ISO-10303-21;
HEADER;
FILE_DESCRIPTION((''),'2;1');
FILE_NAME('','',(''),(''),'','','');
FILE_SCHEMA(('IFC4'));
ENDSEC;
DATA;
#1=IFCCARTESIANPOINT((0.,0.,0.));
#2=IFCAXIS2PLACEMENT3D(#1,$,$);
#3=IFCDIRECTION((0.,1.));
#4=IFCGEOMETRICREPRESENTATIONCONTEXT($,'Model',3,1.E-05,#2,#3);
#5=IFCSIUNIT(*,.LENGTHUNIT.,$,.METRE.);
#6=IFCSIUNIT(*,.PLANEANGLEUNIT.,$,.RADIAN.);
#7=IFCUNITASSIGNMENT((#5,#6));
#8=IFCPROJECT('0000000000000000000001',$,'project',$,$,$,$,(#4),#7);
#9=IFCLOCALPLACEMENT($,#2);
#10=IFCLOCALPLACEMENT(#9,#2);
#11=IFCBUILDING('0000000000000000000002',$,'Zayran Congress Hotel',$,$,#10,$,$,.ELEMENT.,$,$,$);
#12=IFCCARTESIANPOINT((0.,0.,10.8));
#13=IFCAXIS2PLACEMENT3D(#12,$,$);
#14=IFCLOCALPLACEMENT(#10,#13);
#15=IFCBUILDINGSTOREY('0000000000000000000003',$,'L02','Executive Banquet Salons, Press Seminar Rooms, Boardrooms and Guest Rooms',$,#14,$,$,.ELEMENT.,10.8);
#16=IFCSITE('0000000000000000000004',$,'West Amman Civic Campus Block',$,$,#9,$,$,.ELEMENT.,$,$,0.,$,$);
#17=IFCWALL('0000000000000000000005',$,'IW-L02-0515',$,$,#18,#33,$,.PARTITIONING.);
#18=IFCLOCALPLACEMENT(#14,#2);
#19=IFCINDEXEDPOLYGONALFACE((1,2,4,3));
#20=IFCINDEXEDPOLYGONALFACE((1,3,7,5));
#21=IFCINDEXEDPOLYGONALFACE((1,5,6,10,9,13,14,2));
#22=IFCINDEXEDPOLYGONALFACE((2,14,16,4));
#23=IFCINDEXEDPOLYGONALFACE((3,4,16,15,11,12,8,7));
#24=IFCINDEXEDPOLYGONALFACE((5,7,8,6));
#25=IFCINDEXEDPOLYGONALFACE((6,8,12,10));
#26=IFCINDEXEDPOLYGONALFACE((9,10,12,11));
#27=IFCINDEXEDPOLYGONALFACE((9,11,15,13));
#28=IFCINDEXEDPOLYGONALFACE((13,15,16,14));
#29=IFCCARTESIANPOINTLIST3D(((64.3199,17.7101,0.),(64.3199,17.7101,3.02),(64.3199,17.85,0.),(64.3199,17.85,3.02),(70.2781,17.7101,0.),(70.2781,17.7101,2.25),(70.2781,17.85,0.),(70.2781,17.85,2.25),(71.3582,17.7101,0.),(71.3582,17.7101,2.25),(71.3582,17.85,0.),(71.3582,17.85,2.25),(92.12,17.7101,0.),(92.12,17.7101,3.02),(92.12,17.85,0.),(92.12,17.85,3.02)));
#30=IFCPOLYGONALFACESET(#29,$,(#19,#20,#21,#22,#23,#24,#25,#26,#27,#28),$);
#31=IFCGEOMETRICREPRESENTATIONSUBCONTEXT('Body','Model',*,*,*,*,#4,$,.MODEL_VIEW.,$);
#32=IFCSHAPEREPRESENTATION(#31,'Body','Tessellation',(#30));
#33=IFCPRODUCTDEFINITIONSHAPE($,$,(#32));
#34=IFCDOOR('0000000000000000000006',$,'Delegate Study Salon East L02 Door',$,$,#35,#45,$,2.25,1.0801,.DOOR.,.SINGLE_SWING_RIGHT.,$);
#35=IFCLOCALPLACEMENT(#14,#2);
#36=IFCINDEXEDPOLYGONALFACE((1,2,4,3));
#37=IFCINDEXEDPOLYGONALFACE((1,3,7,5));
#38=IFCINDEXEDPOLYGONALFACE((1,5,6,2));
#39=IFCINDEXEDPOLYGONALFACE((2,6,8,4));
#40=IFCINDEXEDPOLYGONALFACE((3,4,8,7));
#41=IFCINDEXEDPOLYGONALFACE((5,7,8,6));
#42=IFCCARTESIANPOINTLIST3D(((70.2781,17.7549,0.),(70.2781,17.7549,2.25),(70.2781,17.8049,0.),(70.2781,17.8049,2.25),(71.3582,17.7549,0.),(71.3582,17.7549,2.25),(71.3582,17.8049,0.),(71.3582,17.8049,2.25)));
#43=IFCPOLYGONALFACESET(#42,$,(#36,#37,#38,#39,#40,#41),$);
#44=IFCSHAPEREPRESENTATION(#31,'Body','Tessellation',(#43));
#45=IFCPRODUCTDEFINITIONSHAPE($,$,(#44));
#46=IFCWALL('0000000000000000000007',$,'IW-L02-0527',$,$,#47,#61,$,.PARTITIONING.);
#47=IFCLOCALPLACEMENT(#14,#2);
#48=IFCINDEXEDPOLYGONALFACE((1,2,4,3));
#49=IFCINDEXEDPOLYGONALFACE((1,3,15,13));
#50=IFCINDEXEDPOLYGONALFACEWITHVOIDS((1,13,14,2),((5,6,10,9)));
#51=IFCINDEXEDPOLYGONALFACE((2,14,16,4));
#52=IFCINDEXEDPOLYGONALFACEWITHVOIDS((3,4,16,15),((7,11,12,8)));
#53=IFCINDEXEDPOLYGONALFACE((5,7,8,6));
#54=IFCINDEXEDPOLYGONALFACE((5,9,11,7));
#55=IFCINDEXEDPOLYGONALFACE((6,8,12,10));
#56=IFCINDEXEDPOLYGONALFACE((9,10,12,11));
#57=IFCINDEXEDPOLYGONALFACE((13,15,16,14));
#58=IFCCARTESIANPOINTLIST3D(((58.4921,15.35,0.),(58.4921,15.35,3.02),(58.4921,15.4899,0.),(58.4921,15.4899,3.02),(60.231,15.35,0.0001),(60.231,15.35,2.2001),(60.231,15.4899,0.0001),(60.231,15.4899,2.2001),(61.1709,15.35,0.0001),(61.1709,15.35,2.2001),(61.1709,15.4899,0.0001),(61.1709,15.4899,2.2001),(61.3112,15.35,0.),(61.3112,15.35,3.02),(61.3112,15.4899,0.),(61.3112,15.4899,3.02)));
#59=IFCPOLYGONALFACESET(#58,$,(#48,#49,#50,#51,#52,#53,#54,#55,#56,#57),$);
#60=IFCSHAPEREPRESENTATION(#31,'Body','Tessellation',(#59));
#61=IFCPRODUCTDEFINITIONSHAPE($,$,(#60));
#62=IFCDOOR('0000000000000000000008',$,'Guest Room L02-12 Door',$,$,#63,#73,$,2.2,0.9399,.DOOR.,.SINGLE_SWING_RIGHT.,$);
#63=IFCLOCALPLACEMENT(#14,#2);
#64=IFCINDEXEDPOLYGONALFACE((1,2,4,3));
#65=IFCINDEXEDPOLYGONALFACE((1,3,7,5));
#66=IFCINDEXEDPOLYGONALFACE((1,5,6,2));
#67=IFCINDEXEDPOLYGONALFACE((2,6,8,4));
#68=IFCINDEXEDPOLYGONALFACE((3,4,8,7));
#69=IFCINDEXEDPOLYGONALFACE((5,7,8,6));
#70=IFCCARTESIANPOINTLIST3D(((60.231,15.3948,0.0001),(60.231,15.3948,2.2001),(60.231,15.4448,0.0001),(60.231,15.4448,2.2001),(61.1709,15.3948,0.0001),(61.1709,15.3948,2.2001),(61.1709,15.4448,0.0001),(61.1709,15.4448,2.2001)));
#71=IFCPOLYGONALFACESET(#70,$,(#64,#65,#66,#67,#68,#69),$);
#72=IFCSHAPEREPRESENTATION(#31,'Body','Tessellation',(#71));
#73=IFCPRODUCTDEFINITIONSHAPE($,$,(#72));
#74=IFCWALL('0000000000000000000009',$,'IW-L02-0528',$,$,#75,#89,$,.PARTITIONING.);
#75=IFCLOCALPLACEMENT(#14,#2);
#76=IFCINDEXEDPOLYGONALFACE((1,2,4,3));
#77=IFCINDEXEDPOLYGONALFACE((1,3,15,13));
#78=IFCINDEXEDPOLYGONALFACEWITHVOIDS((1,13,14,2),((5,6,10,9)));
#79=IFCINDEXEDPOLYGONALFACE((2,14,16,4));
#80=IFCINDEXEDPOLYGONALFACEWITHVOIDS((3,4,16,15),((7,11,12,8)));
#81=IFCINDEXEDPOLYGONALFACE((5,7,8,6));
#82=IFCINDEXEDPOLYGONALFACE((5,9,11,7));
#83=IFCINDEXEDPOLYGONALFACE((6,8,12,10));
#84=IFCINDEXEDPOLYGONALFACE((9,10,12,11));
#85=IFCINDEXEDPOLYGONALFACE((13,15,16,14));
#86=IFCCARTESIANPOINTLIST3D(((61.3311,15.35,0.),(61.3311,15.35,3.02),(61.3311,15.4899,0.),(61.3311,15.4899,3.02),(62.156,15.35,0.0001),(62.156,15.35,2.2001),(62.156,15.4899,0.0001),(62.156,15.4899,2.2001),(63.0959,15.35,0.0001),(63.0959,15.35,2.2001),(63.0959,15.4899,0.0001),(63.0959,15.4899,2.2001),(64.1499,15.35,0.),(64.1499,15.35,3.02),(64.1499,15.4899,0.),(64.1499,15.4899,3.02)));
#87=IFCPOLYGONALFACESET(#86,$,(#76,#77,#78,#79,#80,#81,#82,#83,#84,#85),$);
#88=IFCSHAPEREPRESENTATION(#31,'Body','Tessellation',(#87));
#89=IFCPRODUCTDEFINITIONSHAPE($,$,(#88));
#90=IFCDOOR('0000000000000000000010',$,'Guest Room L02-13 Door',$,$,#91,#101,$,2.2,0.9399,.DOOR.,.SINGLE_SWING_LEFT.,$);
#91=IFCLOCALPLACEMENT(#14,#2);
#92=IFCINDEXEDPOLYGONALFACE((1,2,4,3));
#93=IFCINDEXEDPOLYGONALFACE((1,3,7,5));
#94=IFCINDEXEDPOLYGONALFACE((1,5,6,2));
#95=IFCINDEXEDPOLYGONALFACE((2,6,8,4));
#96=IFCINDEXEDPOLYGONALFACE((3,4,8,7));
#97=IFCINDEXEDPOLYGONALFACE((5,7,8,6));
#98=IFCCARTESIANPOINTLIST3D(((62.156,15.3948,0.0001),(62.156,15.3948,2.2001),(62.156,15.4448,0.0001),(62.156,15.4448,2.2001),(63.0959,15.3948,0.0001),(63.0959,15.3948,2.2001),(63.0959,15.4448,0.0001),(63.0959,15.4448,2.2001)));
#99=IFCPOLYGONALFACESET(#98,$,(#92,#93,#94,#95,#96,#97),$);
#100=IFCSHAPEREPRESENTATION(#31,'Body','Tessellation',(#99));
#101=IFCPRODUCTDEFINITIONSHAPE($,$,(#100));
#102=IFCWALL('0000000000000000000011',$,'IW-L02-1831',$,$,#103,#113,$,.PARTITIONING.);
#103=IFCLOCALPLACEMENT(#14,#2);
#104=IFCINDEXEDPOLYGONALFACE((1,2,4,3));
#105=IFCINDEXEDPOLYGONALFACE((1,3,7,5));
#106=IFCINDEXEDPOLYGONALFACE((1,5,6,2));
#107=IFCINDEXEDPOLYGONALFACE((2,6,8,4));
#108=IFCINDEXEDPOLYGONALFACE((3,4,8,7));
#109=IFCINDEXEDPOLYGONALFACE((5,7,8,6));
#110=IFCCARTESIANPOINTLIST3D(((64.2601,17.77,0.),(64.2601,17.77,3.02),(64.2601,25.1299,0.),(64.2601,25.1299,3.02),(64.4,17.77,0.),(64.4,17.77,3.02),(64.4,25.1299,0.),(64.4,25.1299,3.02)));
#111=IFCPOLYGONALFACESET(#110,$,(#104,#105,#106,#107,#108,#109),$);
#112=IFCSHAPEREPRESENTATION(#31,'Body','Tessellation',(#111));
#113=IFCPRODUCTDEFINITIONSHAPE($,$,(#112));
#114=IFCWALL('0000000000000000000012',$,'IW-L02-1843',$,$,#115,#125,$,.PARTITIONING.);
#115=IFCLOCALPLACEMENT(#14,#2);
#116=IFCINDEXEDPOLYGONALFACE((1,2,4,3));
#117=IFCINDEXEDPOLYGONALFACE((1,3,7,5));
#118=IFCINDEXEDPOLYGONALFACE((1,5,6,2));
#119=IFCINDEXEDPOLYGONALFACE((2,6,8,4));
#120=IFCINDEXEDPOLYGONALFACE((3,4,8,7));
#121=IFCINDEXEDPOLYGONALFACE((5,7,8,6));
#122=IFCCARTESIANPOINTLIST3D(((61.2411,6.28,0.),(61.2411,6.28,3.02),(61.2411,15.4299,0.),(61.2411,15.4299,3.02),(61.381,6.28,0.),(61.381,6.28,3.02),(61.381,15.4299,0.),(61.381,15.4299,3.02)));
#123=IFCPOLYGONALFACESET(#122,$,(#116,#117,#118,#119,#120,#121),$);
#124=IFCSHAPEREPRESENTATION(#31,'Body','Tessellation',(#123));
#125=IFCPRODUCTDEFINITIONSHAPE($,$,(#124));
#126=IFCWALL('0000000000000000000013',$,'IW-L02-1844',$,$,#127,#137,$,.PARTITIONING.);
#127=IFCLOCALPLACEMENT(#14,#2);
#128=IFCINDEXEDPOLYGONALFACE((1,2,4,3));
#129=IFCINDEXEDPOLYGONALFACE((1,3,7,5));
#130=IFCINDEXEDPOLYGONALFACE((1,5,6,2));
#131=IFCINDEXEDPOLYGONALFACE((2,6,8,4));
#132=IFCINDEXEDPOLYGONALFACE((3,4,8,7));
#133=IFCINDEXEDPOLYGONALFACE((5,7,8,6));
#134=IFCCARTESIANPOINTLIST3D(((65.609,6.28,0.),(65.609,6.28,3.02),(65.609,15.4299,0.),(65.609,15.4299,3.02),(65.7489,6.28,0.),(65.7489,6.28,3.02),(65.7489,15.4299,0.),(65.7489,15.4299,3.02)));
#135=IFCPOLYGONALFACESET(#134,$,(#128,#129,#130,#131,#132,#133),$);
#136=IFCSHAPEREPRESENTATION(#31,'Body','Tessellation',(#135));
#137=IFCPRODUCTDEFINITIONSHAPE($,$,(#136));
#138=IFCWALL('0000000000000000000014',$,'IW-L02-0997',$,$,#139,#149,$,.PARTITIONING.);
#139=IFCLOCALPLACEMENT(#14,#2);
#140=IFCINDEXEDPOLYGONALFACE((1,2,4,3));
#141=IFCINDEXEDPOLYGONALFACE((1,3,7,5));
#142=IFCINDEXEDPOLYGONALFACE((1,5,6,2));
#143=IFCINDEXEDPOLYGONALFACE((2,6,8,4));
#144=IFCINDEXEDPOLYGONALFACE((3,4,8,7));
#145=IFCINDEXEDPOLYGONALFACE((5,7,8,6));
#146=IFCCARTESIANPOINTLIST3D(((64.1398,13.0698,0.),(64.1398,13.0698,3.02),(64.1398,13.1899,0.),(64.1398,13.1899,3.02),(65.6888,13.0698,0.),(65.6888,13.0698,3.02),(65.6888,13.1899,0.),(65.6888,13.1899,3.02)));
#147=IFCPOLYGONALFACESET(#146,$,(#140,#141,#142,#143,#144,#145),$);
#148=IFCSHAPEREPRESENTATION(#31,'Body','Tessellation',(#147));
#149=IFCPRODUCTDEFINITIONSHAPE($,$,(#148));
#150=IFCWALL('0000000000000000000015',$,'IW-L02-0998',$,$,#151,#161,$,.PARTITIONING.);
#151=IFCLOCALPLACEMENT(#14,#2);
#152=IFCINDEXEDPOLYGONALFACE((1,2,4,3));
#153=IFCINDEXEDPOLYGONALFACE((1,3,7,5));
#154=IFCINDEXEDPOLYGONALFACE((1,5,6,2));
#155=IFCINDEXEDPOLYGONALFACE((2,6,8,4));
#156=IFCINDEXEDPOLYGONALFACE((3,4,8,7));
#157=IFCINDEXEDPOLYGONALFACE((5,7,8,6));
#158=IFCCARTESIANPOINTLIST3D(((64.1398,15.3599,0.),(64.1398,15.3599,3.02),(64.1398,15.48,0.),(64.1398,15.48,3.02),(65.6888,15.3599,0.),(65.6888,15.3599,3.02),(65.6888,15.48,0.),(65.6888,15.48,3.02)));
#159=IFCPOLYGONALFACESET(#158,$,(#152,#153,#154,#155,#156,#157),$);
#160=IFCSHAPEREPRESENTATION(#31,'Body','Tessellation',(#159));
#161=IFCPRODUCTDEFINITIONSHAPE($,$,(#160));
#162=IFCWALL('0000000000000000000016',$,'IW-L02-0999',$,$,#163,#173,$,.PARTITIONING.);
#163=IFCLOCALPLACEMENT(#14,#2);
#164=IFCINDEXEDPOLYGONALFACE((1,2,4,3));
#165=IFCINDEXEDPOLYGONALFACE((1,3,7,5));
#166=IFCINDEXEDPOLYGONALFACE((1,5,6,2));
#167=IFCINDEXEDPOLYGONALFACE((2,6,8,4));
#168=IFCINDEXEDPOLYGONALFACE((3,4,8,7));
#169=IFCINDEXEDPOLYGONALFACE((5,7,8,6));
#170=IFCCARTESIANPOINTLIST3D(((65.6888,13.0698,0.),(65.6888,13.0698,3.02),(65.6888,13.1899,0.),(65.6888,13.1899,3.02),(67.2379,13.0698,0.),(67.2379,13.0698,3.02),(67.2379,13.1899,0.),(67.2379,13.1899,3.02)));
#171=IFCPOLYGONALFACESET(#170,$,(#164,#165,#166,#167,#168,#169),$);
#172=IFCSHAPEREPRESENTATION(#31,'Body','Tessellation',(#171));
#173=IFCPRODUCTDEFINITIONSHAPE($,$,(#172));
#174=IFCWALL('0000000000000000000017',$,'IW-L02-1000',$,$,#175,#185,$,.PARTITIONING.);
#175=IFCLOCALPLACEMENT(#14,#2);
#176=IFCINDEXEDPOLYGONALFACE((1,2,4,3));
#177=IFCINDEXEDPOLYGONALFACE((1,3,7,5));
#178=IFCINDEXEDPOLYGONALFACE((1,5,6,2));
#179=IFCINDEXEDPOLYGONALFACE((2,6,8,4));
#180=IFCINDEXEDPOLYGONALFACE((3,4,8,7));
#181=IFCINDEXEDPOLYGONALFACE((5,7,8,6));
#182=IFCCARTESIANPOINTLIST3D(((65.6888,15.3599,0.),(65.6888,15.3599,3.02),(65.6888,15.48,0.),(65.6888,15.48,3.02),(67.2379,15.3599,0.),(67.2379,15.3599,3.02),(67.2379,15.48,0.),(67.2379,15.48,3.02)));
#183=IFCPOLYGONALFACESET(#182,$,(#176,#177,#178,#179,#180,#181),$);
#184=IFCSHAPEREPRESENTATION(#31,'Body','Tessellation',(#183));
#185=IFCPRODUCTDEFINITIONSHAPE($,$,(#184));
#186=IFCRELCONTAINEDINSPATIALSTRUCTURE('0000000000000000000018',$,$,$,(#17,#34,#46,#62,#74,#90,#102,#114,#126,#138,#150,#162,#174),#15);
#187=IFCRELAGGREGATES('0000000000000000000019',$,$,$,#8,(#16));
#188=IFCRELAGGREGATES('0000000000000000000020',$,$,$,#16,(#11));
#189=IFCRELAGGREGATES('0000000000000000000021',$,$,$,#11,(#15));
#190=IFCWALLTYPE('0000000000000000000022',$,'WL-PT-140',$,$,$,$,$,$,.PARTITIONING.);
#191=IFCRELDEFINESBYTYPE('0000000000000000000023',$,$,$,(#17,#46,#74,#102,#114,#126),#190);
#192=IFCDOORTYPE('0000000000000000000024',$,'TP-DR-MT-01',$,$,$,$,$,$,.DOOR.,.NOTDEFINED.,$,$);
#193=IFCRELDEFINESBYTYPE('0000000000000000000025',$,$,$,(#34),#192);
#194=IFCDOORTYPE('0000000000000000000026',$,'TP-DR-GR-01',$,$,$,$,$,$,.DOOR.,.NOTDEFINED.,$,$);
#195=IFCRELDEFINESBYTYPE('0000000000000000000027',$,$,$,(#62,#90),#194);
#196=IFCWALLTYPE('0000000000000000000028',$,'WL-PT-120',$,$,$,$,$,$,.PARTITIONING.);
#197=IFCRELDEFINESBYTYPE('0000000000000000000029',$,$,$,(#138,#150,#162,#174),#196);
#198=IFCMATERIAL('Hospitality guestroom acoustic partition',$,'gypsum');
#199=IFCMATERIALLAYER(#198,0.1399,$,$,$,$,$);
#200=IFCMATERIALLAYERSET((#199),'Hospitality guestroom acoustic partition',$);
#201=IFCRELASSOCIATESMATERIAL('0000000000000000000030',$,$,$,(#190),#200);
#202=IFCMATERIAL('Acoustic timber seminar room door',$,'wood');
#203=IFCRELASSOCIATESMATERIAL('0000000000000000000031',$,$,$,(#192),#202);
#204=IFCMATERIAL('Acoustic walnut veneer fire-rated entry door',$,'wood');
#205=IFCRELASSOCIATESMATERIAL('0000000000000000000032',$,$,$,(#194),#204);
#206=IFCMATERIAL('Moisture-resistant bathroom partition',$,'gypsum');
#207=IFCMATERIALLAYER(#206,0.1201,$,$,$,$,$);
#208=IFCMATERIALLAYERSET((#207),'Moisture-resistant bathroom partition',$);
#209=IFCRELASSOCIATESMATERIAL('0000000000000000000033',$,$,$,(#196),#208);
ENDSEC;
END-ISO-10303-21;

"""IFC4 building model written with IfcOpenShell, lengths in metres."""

from ifc_helpers import new_model, si_unit, direction, frame, frame_2d, origin, place, context, subcontext, project, spatial, rectangle, extrude, material, layer, layer_set, type_object, element, fill, save


model = new_model("IFC4")

# Units and contexts
model_context = context("Model", 3, precision=1e-05, world=origin(), true_north=direction((0.0, 1.0)))
body_context = subcontext(model_context, "Body", "Model", "MODEL_VIEW")
ifc_project = project(units=[si_unit("LENGTHUNIT", "METRE"), si_unit("PLANEANGLEUNIT", "RADIAN")], contexts=[model_context])

# Site, building, storey
site_placement = place(None, origin())
site = spatial("IfcSite", under=ifc_project, at=site_placement, Name="West Amman Civic Campus Block", CompositionType="ELEMENT", RefElevation=0.0)
building_placement = place(site_placement, origin())
building = spatial("IfcBuilding", under=site, at=building_placement, Name="Zayran Congress Hotel", CompositionType="ELEMENT")
storey_placement = place(building_placement, frame((0.0, 0.0, 10.8)))
storey = spatial("IfcBuildingStorey", under=building, at=storey_placement, Name="L02", Description="Executive Banquet Salons, Press Seminar Rooms, Boardrooms and Guest Rooms", CompositionType="ELEMENT", Elevation=10.8)

# Walls, openings, doors
ifc_material_1 = material(Name="Hospitality guestroom acoustic partition", Category="gypsum")
ifc_layer_1 = layer(ifc_material_1, 0.1399)
ifc_layer_set_1 = layer_set([ifc_layer_1], Name="Hospitality guestroom acoustic partition")
wall_type_1 = type_object("IfcWallType", Name="WL-PT-140", PredefinedType="PARTITIONING", material=ifc_layer_set_1)
wall_1_placement = place(storey_placement, frame((64.3201, 17.78, 0.0), z_axis=(0.0, 0.0, 1.0), x_axis=(1.0, 0.0, 0.0)))
wall_1 = element("IfcWall", 1, at=wall_1_placement, inside=storey, type_object=wall_type_1, Name="IW-L02-0515", PredefinedType="PARTITIONING", context=body_context, shape_type="SweptSolid", body=[
    extrude(rectangle(XDim=27.8, YDim=0.1399, at=frame_2d((13.8999, 0.0))), origin(), (0.0, 0.0, 1.0), 3.02),
])
opening_1_placement = place(wall_1_placement, frame((5.958, 0.0, 0.0)))
opening_1 = element("IfcOpeningElement", 2, at=opening_1_placement, cuts=wall_1, PredefinedType="OPENING", context=body_context, shape_type="SweptSolid", body=[
    extrude(rectangle(XDim=1.0801, YDim=2.25, at=frame_2d((0.54, 1.125))), frame((0.0, 0.0798, 0.0), z_axis=(0.0, -1.0, 0.0), x_axis=(1.0, 0.0, 0.0)), (0.0, 0.0, 1.0), 0.1599),
])
ifc_material_2 = material(Name="Acoustic timber seminar room door", Category="wood")
door_type_1 = type_object("IfcDoorType", Name="TP-DR-MT-01", OperationType="NOTDEFINED", PredefinedType="DOOR", material=ifc_material_2)
door_1_placement = place(opening_1_placement, origin())
door_1 = element("IfcDoor", 3, at=door_1_placement, inside=storey, type_object=door_type_1, Name="Delegate Study Salon East L02 Door", OperationType="SINGLE_SWING_RIGHT", OverallHeight=2.25, OverallWidth=1.0801, PredefinedType="DOOR", context=body_context, shape_type="SweptSolid", body=[
    extrude(rectangle(XDim=1.0801, YDim=2.25, at=frame_2d((0.54, 1.125))), frame((0.0, 0.0249, 0.0), z_axis=(0.0, -1.0, 0.0), x_axis=(1.0, 0.0, 0.0)), (0.0, 0.0, 1.0), 0.05),
])
fill(opening_1, door_1)
wall_2_placement = place(storey_placement, frame((58.4919, 15.4199, 0.0), z_axis=(0.0, 0.0, 1.0), x_axis=(1.0, 0.0, 0.0)))
wall_2 = element("IfcWall", 4, at=wall_2_placement, inside=storey, type_object=wall_type_1, Name="IW-L02-0527", PredefinedType="PARTITIONING", context=body_context, shape_type="SweptSolid", body=[
    extrude(rectangle(XDim=2.8191, YDim=0.1399, at=frame_2d((1.4097, 0.0))), origin(), (0.0, 0.0, 1.0), 3.02),
])
opening_2_placement = place(wall_2_placement, frame((1.739, 0.0, 0.0)))
opening_2 = element("IfcOpeningElement", 5, at=opening_2_placement, cuts=wall_2, PredefinedType="OPENING", context=body_context, shape_type="SweptSolid", body=[
    extrude(rectangle(XDim=0.9399, YDim=2.2, at=frame_2d((0.47, 1.1001))), frame((0.0, 0.0798, 0.0), z_axis=(0.0, -1.0, 0.0), x_axis=(1.0, 0.0, 0.0)), (0.0, 0.0, 1.0), 0.1599),
])
ifc_material_3 = material(Name="Acoustic walnut veneer fire-rated entry door", Category="wood")
door_type_2 = type_object("IfcDoorType", Name="TP-DR-GR-01", OperationType="NOTDEFINED", PredefinedType="DOOR", material=ifc_material_3)
door_2_placement = place(opening_2_placement, origin())
door_2 = element("IfcDoor", 6, at=door_2_placement, inside=storey, type_object=door_type_2, Name="Guest Room L02-12 Door", OperationType="SINGLE_SWING_RIGHT", OverallHeight=2.2, OverallWidth=0.9399, PredefinedType="DOOR", context=body_context, shape_type="SweptSolid", body=[
    extrude(rectangle(XDim=0.9399, YDim=2.2, at=frame_2d((0.47, 1.1001))), frame((0.0, 0.0249, 0.0), z_axis=(0.0, -1.0, 0.0), x_axis=(1.0, 0.0, 0.0)), (0.0, 0.0, 1.0), 0.05),
])
fill(opening_2, door_2)
wall_3_placement = place(storey_placement, frame((61.3311, 15.4199, 0.0), z_axis=(0.0, 0.0, 1.0), x_axis=(1.0, 0.0, 0.0)))
wall_3 = element("IfcWall", 7, at=wall_3_placement, inside=storey, type_object=wall_type_1, Name="IW-L02-0528", PredefinedType="PARTITIONING", context=body_context, shape_type="SweptSolid", body=[
    extrude(rectangle(XDim=2.8188, YDim=0.1399, at=frame_2d((1.4094, 0.0))), origin(), (0.0, 0.0, 1.0), 3.02),
])
opening_3_placement = place(wall_3_placement, frame((0.825, 0.0, 0.0)))
opening_3 = element("IfcOpeningElement", 8, at=opening_3_placement, cuts=wall_3, PredefinedType="OPENING", context=body_context, shape_type="SweptSolid", body=[
    extrude(rectangle(XDim=0.9399, YDim=2.2, at=frame_2d((0.47, 1.1001))), frame((0.0, 0.0798, 0.0), z_axis=(0.0, -1.0, 0.0), x_axis=(1.0, 0.0, 0.0)), (0.0, 0.0, 1.0), 0.1599),
])
door_3_placement = place(opening_3_placement, origin())
door_3 = element("IfcDoor", 9, at=door_3_placement, inside=storey, type_object=door_type_2, Name="Guest Room L02-13 Door", OperationType="SINGLE_SWING_LEFT", OverallHeight=2.2, OverallWidth=0.9399, PredefinedType="DOOR", context=body_context, shape_type="SweptSolid", body=[
    extrude(rectangle(XDim=0.9399, YDim=2.2, at=frame_2d((0.47, 1.1001))), frame((0.0, 0.0249, 0.0), z_axis=(0.0, -1.0, 0.0), x_axis=(1.0, 0.0, 0.0)), (0.0, 0.0, 1.0), 0.05),
])
fill(opening_3, door_3)

# Walls
wall_4_placement = place(storey_placement, frame((64.3301, 17.77, 0.0), z_axis=(0.0, 0.0, 1.0), x_axis=(0.0, 1.0, 0.0)))
element("IfcWall", 10, at=wall_4_placement, inside=storey, type_object=wall_type_1, Name="IW-L02-1831", PredefinedType="PARTITIONING", context=body_context, shape_type="SweptSolid", body=[
    extrude(rectangle(XDim=7.3599, YDim=0.1399, at=frame_2d((3.6799, 0.0))), origin(), (0.0, 0.0, 1.0), 3.02),
])
for number, where, z_axis, x_axis, name in (
    (11, (61.311, 6.28, 0.0), (0.0, 0.0, 1.0), (0.0, 1.0, 0.0), "IW-L02-1843"),
    (12, (65.679, 6.28, 0.0), (0.0, 0.0, 1.0), (0.0, 1.0, 0.0), "IW-L02-1844"),
):
    element("IfcWall", number, at=place(storey_placement, frame(where, z_axis=z_axis, x_axis=x_axis)), inside=storey, type_object=wall_type_1, Name=name, PredefinedType="PARTITIONING", context=body_context, shape_type="SweptSolid", body=[
        extrude(rectangle(XDim=9.1499, YDim=0.1399, at=frame_2d((4.575, 0.0))), origin(), (0.0, 0.0, 1.0), 3.02),
    ])

# Shared definitions
ifc_material_4 = material(Name="Moisture-resistant bathroom partition", Category="gypsum")
ifc_layer_2 = layer(ifc_material_4, 0.1201)
ifc_layer_set_2 = layer_set([ifc_layer_2], Name="Moisture-resistant bathroom partition")
wall_type_2 = type_object("IfcWallType", Name="WL-PT-120", PredefinedType="PARTITIONING", material=ifc_layer_set_2)

# Walls
for number, where, z_axis, x_axis, name in (
    (13, (64.1399, 13.1299, 0.0), (0.0, 0.0, 1.0), (1.0, 0.0, 0.0), "IW-L02-0997"),
    (14, (64.1399, 15.4199, 0.0), (0.0, 0.0, 1.0), (1.0, 0.0, 0.0), "IW-L02-0998"),
    (15, (65.689, 13.1299, 0.0), (0.0, 0.0, 1.0), (1.0, 0.0, 0.0), "IW-L02-0999"),
    (16, (65.689, 15.4199, 0.0), (0.0, 0.0, 1.0), (1.0, 0.0, 0.0), "IW-L02-1000"),
):
    element("IfcWall", number, at=place(storey_placement, frame(where, z_axis=z_axis, x_axis=x_axis)), inside=storey, type_object=wall_type_2, Name=name, PredefinedType="PARTITIONING", context=body_context, shape_type="SweptSolid", body=[
        extrude(rectangle(XDim=1.5491, YDim=0.1201, at=frame_2d((0.7744, 0.0))), origin(), (0.0, 0.0, 1.0), 3.02),
    ])

save(model, "model.ifc")
